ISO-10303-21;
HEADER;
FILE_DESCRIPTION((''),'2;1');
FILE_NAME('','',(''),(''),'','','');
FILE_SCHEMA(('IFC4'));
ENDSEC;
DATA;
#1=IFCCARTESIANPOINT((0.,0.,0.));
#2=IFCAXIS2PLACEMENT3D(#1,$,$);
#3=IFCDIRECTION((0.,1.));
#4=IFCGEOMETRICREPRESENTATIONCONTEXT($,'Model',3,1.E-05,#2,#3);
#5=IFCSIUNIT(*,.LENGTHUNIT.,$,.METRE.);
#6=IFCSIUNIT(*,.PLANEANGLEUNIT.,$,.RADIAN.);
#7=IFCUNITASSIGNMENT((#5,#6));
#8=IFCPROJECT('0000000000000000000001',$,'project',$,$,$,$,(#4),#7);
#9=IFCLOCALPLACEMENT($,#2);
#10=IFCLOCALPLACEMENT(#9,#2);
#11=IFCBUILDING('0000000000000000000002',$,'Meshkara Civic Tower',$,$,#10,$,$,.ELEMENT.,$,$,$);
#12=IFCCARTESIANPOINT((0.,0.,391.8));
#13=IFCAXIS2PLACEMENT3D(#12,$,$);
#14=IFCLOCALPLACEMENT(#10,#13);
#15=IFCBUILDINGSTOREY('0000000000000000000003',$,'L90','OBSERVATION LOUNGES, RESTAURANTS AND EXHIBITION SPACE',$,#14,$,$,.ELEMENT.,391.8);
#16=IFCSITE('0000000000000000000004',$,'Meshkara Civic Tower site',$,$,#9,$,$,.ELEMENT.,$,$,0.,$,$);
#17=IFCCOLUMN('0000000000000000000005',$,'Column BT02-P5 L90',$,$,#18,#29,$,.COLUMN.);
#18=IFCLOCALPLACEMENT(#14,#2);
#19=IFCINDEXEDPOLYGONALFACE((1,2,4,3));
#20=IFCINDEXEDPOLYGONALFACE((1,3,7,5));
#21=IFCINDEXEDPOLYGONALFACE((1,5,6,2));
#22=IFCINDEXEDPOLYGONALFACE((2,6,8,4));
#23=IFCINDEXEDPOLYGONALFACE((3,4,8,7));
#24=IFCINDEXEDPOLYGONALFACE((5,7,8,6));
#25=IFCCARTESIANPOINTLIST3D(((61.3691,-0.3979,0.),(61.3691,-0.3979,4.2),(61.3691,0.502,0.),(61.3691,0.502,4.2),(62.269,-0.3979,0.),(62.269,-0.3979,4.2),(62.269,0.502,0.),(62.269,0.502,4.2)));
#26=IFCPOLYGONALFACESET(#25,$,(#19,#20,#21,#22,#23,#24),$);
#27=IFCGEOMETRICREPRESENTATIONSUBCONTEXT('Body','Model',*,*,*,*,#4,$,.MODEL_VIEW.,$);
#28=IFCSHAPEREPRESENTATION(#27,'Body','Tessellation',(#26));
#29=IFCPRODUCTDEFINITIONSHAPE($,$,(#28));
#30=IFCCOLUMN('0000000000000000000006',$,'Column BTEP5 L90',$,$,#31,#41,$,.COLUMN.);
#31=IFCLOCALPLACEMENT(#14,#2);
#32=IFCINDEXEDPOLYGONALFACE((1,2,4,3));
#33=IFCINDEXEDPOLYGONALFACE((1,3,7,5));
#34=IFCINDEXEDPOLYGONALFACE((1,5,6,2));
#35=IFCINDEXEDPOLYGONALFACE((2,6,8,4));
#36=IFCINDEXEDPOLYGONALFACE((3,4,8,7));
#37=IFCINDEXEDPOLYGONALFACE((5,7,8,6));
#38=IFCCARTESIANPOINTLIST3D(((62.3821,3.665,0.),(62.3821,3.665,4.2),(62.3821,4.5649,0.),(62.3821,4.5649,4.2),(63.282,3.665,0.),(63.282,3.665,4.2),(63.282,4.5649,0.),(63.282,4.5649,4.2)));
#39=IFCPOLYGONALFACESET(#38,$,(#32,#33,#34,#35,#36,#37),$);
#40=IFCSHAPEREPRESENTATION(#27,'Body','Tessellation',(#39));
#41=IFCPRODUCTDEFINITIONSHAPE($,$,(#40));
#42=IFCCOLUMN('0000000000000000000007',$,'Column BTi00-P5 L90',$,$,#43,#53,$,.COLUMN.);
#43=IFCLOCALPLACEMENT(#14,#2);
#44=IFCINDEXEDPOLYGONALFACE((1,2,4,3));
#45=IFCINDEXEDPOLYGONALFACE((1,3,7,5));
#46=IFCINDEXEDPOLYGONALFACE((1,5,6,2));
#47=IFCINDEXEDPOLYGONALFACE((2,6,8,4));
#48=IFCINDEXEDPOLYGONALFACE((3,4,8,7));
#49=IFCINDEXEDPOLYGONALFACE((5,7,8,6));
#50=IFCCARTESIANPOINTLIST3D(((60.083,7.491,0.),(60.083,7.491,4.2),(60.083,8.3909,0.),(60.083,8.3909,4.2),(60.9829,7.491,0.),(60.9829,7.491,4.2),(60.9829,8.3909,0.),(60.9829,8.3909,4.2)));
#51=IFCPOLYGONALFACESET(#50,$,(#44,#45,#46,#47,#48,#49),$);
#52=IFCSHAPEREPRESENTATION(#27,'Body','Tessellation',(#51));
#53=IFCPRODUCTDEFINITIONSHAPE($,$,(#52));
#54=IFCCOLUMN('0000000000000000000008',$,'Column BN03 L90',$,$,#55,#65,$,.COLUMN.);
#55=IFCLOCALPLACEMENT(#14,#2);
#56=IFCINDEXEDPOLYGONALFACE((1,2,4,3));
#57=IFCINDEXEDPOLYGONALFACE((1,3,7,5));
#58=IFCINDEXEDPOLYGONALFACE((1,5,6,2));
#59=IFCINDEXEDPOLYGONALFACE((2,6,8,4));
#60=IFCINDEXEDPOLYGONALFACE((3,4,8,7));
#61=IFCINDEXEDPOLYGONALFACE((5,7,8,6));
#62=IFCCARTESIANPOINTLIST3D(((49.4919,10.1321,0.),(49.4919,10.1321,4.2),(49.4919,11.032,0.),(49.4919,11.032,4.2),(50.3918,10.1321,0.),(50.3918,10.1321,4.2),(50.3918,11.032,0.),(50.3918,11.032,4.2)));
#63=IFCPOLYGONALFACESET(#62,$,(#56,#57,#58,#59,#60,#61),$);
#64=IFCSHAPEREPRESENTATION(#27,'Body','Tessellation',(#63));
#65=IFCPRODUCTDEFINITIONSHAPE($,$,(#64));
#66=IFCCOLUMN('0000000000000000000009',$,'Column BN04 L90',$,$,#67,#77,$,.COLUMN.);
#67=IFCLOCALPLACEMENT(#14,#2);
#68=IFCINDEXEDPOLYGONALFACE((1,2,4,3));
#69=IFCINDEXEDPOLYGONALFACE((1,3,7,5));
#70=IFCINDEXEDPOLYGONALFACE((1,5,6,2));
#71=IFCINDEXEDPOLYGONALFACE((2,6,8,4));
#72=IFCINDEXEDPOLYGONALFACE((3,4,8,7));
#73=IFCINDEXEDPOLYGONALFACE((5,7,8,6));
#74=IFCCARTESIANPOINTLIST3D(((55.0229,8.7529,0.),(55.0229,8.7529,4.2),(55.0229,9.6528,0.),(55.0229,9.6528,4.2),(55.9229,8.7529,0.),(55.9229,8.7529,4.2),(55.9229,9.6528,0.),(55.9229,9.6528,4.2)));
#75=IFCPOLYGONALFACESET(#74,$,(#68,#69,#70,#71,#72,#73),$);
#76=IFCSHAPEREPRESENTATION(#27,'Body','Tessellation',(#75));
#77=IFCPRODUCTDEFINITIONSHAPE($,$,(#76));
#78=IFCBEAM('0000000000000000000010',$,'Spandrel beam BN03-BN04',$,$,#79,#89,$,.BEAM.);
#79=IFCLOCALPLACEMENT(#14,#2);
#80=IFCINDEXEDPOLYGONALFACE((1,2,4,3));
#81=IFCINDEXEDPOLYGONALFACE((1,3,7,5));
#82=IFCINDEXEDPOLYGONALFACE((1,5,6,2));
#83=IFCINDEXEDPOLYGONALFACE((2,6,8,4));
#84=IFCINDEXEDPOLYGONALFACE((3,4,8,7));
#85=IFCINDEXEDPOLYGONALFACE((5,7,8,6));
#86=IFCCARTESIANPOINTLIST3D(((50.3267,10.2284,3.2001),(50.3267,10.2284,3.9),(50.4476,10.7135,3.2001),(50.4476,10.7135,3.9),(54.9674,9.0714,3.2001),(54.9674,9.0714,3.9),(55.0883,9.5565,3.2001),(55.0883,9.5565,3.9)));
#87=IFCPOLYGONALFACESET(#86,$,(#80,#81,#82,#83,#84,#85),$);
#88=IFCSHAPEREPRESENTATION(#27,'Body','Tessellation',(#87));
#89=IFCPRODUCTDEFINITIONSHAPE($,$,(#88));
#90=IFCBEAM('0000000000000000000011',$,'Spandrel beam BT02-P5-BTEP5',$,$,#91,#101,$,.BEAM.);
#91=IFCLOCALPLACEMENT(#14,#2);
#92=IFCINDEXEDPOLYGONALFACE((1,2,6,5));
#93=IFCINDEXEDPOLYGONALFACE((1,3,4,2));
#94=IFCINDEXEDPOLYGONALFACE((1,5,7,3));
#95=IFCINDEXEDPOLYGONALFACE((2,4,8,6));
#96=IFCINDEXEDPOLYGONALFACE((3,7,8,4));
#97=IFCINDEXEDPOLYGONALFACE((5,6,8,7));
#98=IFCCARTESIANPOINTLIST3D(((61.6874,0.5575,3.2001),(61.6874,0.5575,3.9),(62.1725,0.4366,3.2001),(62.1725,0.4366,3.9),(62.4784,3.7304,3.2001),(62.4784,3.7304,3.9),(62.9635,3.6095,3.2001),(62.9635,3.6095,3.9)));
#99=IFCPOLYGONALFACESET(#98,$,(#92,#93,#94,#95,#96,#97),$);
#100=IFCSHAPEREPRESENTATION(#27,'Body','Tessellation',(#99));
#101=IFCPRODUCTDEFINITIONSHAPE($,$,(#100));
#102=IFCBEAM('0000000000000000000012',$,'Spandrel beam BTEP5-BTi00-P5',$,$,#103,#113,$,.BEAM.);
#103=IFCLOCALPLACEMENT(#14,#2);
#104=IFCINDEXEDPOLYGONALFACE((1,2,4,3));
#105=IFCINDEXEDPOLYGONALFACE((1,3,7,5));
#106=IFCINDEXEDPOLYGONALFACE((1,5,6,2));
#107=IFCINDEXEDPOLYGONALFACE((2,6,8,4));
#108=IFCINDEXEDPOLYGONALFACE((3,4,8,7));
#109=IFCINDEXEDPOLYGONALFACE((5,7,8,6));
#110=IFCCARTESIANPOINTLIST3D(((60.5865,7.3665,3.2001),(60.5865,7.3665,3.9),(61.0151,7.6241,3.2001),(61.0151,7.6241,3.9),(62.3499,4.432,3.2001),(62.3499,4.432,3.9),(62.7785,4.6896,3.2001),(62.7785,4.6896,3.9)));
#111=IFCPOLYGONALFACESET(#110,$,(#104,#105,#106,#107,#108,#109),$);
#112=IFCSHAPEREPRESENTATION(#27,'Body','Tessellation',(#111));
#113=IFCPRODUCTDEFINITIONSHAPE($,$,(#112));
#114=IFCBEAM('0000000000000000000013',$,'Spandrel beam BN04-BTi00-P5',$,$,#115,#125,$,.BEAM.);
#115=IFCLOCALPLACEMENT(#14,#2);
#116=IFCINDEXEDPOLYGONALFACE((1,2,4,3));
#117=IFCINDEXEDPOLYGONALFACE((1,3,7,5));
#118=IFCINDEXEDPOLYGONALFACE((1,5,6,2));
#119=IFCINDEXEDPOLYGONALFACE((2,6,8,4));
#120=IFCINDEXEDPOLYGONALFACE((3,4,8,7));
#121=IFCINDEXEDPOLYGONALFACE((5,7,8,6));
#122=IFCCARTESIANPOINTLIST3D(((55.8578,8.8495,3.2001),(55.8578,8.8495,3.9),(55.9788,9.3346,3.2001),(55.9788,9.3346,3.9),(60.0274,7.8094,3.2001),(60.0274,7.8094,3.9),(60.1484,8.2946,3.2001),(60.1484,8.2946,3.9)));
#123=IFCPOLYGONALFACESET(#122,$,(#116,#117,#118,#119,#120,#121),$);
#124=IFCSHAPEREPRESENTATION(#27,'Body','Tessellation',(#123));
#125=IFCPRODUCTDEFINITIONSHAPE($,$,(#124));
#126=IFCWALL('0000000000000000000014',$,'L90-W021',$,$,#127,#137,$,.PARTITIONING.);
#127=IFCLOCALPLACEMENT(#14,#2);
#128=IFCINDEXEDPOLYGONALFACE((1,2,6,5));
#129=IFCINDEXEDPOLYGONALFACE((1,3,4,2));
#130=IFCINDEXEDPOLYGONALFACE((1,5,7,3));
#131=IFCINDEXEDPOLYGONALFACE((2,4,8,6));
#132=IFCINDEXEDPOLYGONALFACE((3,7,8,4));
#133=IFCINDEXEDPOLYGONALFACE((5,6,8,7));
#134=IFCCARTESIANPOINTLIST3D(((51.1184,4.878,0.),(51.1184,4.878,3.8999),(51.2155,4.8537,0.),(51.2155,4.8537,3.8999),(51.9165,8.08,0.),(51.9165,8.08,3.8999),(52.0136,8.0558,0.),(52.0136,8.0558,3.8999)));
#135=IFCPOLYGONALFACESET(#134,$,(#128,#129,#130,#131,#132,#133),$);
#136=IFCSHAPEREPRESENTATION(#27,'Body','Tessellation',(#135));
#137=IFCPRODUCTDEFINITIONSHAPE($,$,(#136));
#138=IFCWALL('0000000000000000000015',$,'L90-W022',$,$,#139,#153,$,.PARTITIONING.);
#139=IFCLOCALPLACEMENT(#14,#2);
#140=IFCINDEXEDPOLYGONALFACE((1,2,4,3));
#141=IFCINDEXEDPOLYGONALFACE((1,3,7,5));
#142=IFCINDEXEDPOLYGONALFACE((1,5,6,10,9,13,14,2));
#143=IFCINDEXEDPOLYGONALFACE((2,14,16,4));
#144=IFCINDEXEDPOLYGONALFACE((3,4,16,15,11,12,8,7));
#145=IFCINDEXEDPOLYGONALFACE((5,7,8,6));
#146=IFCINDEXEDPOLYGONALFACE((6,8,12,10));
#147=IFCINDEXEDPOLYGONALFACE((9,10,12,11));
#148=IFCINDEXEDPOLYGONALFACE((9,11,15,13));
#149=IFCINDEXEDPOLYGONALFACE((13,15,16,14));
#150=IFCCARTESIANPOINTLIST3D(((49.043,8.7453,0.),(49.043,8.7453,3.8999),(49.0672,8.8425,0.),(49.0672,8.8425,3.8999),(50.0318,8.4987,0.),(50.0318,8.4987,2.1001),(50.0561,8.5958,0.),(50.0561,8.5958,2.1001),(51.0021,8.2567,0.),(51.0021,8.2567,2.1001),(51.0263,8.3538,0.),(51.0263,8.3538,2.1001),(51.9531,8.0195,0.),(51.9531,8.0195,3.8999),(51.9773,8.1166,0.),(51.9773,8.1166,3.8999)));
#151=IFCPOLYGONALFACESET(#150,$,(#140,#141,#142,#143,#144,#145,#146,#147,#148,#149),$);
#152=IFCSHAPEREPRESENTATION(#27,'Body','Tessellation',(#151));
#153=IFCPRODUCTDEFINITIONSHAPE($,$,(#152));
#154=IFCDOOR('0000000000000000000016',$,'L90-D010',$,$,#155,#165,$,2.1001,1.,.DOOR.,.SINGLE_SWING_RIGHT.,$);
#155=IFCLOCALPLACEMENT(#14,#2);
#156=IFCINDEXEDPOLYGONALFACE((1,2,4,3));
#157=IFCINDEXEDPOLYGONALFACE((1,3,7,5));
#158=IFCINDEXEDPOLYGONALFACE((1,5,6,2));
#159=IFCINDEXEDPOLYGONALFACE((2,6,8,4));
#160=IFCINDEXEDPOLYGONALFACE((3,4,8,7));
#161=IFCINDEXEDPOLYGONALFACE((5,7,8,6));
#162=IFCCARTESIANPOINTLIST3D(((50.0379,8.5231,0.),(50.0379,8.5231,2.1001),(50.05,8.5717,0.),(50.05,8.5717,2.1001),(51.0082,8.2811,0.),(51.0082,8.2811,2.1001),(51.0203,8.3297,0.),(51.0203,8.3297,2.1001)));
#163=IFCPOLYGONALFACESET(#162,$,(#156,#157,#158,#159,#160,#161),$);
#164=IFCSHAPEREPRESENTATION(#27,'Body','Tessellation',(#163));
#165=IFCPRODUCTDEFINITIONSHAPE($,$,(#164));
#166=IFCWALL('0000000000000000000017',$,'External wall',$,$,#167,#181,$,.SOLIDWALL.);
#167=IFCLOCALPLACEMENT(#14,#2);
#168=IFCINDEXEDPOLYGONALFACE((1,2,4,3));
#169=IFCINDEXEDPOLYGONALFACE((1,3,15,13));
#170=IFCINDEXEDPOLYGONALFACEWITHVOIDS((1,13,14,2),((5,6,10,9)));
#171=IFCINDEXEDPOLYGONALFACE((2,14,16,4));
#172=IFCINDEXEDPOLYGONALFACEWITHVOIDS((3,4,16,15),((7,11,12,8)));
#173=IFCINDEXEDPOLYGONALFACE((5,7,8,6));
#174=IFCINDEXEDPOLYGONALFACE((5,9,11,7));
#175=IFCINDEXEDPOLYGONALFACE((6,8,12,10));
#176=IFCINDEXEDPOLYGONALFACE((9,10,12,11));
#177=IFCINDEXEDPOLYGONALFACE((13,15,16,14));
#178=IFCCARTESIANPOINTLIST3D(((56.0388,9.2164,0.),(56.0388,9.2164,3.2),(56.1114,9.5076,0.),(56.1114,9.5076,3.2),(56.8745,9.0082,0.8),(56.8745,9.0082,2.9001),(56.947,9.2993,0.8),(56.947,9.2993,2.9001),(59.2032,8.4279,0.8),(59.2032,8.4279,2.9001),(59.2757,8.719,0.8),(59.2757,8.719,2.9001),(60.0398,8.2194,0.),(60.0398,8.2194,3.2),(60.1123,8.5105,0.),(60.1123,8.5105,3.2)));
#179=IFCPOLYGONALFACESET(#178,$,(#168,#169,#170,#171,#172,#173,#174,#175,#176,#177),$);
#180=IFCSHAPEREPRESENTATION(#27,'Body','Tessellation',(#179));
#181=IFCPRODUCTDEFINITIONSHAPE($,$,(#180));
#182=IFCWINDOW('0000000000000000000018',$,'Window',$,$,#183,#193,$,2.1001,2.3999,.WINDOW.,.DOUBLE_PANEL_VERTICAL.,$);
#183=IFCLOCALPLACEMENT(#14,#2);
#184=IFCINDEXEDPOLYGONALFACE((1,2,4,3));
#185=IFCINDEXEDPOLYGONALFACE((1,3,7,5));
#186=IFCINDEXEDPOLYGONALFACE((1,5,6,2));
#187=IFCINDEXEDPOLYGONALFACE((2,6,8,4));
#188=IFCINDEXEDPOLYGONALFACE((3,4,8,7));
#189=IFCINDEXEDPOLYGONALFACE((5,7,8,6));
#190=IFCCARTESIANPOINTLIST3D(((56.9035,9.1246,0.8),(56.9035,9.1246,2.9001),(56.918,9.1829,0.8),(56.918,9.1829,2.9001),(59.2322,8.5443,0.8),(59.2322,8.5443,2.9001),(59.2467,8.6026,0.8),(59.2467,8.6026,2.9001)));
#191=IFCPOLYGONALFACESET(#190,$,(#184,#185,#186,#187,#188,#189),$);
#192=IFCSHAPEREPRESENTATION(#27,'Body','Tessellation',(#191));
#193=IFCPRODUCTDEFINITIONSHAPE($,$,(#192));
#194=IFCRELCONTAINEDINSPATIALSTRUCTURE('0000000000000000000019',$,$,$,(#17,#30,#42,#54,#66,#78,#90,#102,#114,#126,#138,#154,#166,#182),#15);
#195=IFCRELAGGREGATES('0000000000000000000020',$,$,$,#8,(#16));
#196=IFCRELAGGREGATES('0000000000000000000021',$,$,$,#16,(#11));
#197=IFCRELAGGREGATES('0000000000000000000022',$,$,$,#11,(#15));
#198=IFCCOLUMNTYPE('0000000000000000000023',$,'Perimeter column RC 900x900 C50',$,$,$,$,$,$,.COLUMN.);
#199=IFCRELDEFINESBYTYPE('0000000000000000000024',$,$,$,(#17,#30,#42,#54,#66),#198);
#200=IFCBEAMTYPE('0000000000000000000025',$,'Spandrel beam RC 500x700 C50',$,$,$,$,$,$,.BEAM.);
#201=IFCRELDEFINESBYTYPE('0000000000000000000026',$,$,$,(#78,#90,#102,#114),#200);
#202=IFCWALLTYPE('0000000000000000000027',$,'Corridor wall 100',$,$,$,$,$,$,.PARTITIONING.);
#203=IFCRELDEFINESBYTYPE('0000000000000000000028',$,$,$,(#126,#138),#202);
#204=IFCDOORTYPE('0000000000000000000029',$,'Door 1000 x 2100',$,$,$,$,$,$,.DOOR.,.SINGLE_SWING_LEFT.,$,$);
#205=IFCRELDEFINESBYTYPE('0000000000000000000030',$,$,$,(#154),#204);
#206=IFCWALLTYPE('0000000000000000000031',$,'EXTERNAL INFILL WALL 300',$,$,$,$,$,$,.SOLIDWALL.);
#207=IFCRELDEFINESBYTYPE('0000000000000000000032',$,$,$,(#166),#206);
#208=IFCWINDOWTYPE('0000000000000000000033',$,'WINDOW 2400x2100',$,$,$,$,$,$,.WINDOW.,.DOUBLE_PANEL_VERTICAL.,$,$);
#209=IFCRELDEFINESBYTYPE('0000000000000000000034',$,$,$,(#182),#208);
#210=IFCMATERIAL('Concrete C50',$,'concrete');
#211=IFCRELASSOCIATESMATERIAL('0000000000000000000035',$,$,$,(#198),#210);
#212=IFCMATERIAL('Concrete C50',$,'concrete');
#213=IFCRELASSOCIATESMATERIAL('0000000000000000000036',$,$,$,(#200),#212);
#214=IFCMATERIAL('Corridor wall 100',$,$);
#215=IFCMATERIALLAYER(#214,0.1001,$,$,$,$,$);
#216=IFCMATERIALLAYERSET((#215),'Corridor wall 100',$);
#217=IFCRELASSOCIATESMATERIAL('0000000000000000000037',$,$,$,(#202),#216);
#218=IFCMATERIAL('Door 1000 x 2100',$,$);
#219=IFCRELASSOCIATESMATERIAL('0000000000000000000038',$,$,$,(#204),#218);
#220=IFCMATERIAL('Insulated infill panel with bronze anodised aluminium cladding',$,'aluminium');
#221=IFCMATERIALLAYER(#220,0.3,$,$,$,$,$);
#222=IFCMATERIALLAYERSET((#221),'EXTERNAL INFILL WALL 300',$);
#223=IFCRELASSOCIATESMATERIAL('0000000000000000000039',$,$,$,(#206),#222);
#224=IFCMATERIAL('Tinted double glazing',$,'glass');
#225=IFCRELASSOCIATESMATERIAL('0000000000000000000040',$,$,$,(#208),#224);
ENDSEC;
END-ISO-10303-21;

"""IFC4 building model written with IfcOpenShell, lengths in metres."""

from ifc_helpers import new_model, si_unit, direction, frame, frame_2d, origin, origin_2d, place, context, subcontext, project, spatial, rectangle, extrude, material, layer, layer_set, material_profile, profile_set, type_object, element, fill, save


model = new_model("IFC4")

# Units and contexts
model_context = context("Model", 3, precision=1e-05, world=origin(), true_north=direction((0.0, 1.0)))
body_context = subcontext(model_context, "Body", "Model", "MODEL_VIEW")
ifc_project = project(units=[si_unit("LENGTHUNIT", "METRE"), si_unit("PLANEANGLEUNIT", "RADIAN")], contexts=[model_context])

# Site, building, storey
site_placement = place(None, origin())
site = spatial("IfcSite", under=ifc_project, at=site_placement, Name="Meshkara Civic Tower site", CompositionType="ELEMENT", RefElevation=0.0)
building_placement = place(site_placement, origin())
building = spatial("IfcBuilding", under=site, at=building_placement, Name="Meshkara Civic Tower", CompositionType="ELEMENT")
storey_placement = place(building_placement, frame((0.0, 0.0, 391.8)))
storey = spatial("IfcBuildingStorey", under=building, at=storey_placement, Name="L90", Description="OBSERVATION LOUNGES, RESTAURANTS AND EXHIBITION SPACE", CompositionType="ELEMENT", Elevation=391.8)

# Columns
ifc_material_1 = material(Name="Concrete C50", Category="concrete")
ifc_material_profile_1 = material_profile(ifc_material_1, rectangle(XDim=0.8999, YDim=0.8999, at=origin_2d()))
ifc_profile_set_1 = profile_set([ifc_material_profile_1], Name="Concrete C50")
column_type = type_object("IfcColumnType", Name="Perimeter column RC 900x900 C50", PredefinedType="COLUMN", material=ifc_profile_set_1)
for number, where, z_axis, x_axis, name in (
    (1, (61.8191, 0.052, 0.0), (0.0, 0.0, 1.0), (1.0, 0.0, 0.0), "Column BT02-P5 L90"),
    (2, (62.832, 4.115, 0.0), (0.0, 0.0, 1.0), (1.0, 0.0, 0.0), "Column BTEP5 L90"),
    (3, (60.533, 7.9409, 0.0), (0.0, 0.0, 1.0), (1.0, 0.0, 0.0), "Column BTi00-P5 L90"),
    (4, (49.9419, 10.582, 0.0), (0.0, 0.0, 1.0), (1.0, 0.0, 0.0), "Column BN03 L90"),
    (5, (55.4729, 9.2029, 0.0), (0.0, 0.0, 1.0), (1.0, 0.0, 0.0), "Column BN04 L90"),
):
    element("IfcColumn", number, at=place(storey_placement, frame(where, z_axis=z_axis, x_axis=x_axis)), inside=storey, type_object=column_type, Name=name, PredefinedType="COLUMN", context=body_context, shape_type="SweptSolid", body=[
        extrude(rectangle(XDim=0.8999, YDim=0.8999, at=origin_2d()), origin(), (0.0, 0.0, 1.0), 4.2),
    ])

# Beams
ifc_material_2 = material(Name="Concrete C50", Category="concrete")
ifc_material_profile_2 = material_profile(ifc_material_2, rectangle(XDim=0.5, YDim=0.7, at=origin_2d()))
ifc_profile_set_2 = profile_set([ifc_material_profile_2], Name="Concrete C50")
beam_type = type_object("IfcBeamType", Name="Spandrel beam RC 500x700 C50", PredefinedType="BEAM", material=ifc_profile_set_2)
beam_1_placement = place(storey_placement, frame((55.0278, 9.314, 3.55), z_axis=(-0.970298, 0.241911, 0.0), x_axis=(-0.241911, -0.970298, 0.0)))
element("IfcBeam", 6, at=beam_1_placement, inside=storey, type_object=beam_type, Name="Spandrel beam BN03-BN04", PredefinedType="BEAM", context=body_context, shape_type="SweptSolid", body=[
    extrude(rectangle(XDim=0.5, YDim=0.7, at=origin_2d()), origin(), (0.0, 0.0, 1.0), 4.7827),
])
beam_2_placement = place(storey_placement, frame((61.9299, 0.4971, 3.55), z_axis=(0.241903, 0.9703, 0.0), x_axis=(-0.9703, 0.241903, 0.0)))
element("IfcBeam", 7, at=beam_2_placement, inside=storey, type_object=beam_type, Name="Spandrel beam BT02-P5-BTEP5", PredefinedType="BEAM", context=body_context, shape_type="SweptSolid", body=[
    extrude(rectangle(XDim=0.5, YDim=0.7, at=origin_2d()), origin(), (0.0, 0.0, 1.0), 3.27),
])
beam_3_placement = place(storey_placement, frame((62.5642, 4.5608, 3.55), z_axis=(-0.515072, 0.857147, 0.0), x_axis=(-0.857147, -0.515072, 0.0)))
element("IfcBeam", 8, at=beam_3_placement, inside=storey, type_object=beam_type, Name="Spandrel beam BTEP5-BTi00-P5", PredefinedType="BEAM", context=body_context, shape_type="SweptSolid", body=[
    extrude(rectangle(XDim=0.5, YDim=0.7, at=origin_2d()), origin(), (0.0, 0.0, 1.0), 3.4236),
])
beam_4_placement = place(storey_placement, frame((60.0879, 8.052, 3.55), z_axis=(-0.970273, 0.242014, 0.0), x_axis=(-0.242014, -0.970273, 0.0)))
element("IfcBeam", 9, at=beam_4_placement, inside=storey, type_object=beam_type, Name="Spandrel beam BN04-BTi00-P5", PredefinedType="BEAM", context=body_context, shape_type="SweptSolid", body=[
    extrude(rectangle(XDim=0.5, YDim=0.7, at=origin_2d()), origin(), (0.0, 0.0, 1.0), 4.2974),
])

# Wall
ifc_material_3 = material(Name="Corridor wall 100")
ifc_layer_1 = layer(ifc_material_3, 0.1001)
ifc_layer_set_1 = layer_set([ifc_layer_1], Name="Corridor wall 100")
wall_type_1 = type_object("IfcWallType", Name="Corridor wall 100", PredefinedType="PARTITIONING", material=ifc_layer_set_1)
wall_1_placement = place(storey_placement, frame((51.167, 4.866, 0.0), z_axis=(0.0, 0.0, 1.0), x_axis=(0.241839, 0.970316, 0.0)))
element("IfcWall", 10, at=wall_1_placement, inside=storey, type_object=wall_type_1, Name="L90-W021", PredefinedType="PARTITIONING", context=body_context, shape_type="SweptSolid", body=[
    extrude(rectangle(XDim=3.3, YDim=0.1001, at=frame_2d((1.6499, 0.0))), origin(), (0.0, 0.0, 1.0), 3.8999),
])

# Wall, opening, door
wall_2_placement = place(storey_placement, frame((51.9651, 8.0681, 0.0), z_axis=(0.0, 0.0, 1.0), x_axis=(-0.970276, 0.241999, 0.0)))
wall_2 = element("IfcWall", 11, at=wall_2_placement, inside=storey, type_object=wall_type_1, Name="L90-W022", PredefinedType="PARTITIONING", context=body_context, shape_type="SweptSolid", body=[
    extrude(rectangle(XDim=2.9993, YDim=0.1001, at=frame_2d((1.4995, 0.0))), origin(), (0.0, 0.0, 1.0), 3.8999),
])
opening_1_placement = place(wall_2_placement, frame((0.98, 0.0, 0.0)))
opening_1 = element("IfcOpeningElement", 12, at=opening_1_placement, cuts=wall_2, PredefinedType="OPENING", context=body_context, shape_type="SweptSolid", body=[
    extrude(rectangle(XDim=1.0, YDim=2.1001, at=frame_2d((0.5, 1.05))), frame((0.0, 0.0601, 0.0), z_axis=(0.0, -1.0, 0.0), x_axis=(1.0, 0.0, 0.0)), (0.0, 0.0, 1.0), 0.1201),
])
ifc_material_4 = material(Name="Door 1000 x 2100")
door_type = type_object("IfcDoorType", Name="Door 1000 x 2100", OperationType="SINGLE_SWING_LEFT", PredefinedType="DOOR", material=ifc_material_4)
door_placement = place(opening_1_placement, origin())
door = element("IfcDoor", 13, at=door_placement, inside=storey, type_object=door_type, Name="L90-D010", OperationType="SINGLE_SWING_RIGHT", OverallHeight=2.1001, OverallWidth=1.0, PredefinedType="DOOR", context=body_context, shape_type="SweptSolid", body=[
    extrude(rectangle(XDim=1.0, YDim=2.1001, at=frame_2d((0.5, 1.05))), frame((0.0, 0.0249, 0.0), z_axis=(0.0, -1.0, 0.0), x_axis=(1.0, 0.0, 0.0)), (0.0, 0.0, 1.0), 0.05),
])
fill(opening_1, door)

# Wall, opening, window
ifc_material_5 = material(Name="Insulated infill panel with bronze anodised aluminium cladding", Category="aluminium")
ifc_layer_2 = layer(ifc_material_5, 0.3)
ifc_layer_set_2 = layer_set([ifc_layer_2], Name="EXTERNAL INFILL WALL 300")
wall_type_2 = type_object("IfcWallType", Name="EXTERNAL INFILL WALL 300", PredefinedType="SOLIDWALL", material=ifc_layer_set_2)
wall_3_placement = place(storey_placement, frame((60.0759, 8.365, 0.0), z_axis=(0.0, 0.0, 1.0), x_axis=(-0.970323, 0.241811, 0.0)))
wall_3 = element("IfcWall", 14, at=wall_3_placement, inside=storey, type_object=wall_type_2, Name="External wall", PredefinedType="SOLIDWALL", context=body_context, shape_type="SweptSolid", body=[
    extrude(rectangle(XDim=4.1233, YDim=0.3, at=frame_2d((2.0615, 0.0))), origin(), (0.0, 0.0, 1.0), 3.2),
])
opening_2_placement = place(wall_3_placement, frame((0.8621, 0.0, 0.8)))
opening_2 = element("IfcOpeningElement", 15, at=opening_2_placement, cuts=wall_3, PredefinedType="OPENING", context=body_context, shape_type="SweptSolid", body=[
    extrude(rectangle(XDim=2.3999, YDim=2.1001, at=frame_2d((1.2, 1.05))), frame((0.0, 0.1599, 0.0), z_axis=(0.0, -1.0, 0.0), x_axis=(1.0, 0.0, 0.0)), (0.0, 0.0, 1.0), 0.3201),
])
ifc_material_6 = material(Name="Tinted double glazing", Category="glass")
window_type = type_object("IfcWindowType", Name="WINDOW 2400x2100", PartitioningType="DOUBLE_PANEL_VERTICAL", PredefinedType="WINDOW", material=ifc_material_6)
window_1_placement = place(opening_2_placement, origin())
window_1 = element("IfcWindow", 16, at=window_1_placement, inside=storey, type_object=window_type, Name="Window", OverallHeight=2.1001, OverallWidth=2.3999, PartitioningType="DOUBLE_PANEL_VERTICAL", PredefinedType="WINDOW", context=body_context, shape_type="SweptSolid", body=[
    extrude(rectangle(XDim=2.3999, YDim=2.1001, at=frame_2d((1.2, 1.05))), frame((0.0, 0.03, 0.0), z_axis=(0.0, -1.0, 0.0), x_axis=(1.0, 0.0, 0.0)), (0.0, 0.0, 1.0), 0.0601),
])
fill(opening_2, window_1)

save(model, "model.ifc")
